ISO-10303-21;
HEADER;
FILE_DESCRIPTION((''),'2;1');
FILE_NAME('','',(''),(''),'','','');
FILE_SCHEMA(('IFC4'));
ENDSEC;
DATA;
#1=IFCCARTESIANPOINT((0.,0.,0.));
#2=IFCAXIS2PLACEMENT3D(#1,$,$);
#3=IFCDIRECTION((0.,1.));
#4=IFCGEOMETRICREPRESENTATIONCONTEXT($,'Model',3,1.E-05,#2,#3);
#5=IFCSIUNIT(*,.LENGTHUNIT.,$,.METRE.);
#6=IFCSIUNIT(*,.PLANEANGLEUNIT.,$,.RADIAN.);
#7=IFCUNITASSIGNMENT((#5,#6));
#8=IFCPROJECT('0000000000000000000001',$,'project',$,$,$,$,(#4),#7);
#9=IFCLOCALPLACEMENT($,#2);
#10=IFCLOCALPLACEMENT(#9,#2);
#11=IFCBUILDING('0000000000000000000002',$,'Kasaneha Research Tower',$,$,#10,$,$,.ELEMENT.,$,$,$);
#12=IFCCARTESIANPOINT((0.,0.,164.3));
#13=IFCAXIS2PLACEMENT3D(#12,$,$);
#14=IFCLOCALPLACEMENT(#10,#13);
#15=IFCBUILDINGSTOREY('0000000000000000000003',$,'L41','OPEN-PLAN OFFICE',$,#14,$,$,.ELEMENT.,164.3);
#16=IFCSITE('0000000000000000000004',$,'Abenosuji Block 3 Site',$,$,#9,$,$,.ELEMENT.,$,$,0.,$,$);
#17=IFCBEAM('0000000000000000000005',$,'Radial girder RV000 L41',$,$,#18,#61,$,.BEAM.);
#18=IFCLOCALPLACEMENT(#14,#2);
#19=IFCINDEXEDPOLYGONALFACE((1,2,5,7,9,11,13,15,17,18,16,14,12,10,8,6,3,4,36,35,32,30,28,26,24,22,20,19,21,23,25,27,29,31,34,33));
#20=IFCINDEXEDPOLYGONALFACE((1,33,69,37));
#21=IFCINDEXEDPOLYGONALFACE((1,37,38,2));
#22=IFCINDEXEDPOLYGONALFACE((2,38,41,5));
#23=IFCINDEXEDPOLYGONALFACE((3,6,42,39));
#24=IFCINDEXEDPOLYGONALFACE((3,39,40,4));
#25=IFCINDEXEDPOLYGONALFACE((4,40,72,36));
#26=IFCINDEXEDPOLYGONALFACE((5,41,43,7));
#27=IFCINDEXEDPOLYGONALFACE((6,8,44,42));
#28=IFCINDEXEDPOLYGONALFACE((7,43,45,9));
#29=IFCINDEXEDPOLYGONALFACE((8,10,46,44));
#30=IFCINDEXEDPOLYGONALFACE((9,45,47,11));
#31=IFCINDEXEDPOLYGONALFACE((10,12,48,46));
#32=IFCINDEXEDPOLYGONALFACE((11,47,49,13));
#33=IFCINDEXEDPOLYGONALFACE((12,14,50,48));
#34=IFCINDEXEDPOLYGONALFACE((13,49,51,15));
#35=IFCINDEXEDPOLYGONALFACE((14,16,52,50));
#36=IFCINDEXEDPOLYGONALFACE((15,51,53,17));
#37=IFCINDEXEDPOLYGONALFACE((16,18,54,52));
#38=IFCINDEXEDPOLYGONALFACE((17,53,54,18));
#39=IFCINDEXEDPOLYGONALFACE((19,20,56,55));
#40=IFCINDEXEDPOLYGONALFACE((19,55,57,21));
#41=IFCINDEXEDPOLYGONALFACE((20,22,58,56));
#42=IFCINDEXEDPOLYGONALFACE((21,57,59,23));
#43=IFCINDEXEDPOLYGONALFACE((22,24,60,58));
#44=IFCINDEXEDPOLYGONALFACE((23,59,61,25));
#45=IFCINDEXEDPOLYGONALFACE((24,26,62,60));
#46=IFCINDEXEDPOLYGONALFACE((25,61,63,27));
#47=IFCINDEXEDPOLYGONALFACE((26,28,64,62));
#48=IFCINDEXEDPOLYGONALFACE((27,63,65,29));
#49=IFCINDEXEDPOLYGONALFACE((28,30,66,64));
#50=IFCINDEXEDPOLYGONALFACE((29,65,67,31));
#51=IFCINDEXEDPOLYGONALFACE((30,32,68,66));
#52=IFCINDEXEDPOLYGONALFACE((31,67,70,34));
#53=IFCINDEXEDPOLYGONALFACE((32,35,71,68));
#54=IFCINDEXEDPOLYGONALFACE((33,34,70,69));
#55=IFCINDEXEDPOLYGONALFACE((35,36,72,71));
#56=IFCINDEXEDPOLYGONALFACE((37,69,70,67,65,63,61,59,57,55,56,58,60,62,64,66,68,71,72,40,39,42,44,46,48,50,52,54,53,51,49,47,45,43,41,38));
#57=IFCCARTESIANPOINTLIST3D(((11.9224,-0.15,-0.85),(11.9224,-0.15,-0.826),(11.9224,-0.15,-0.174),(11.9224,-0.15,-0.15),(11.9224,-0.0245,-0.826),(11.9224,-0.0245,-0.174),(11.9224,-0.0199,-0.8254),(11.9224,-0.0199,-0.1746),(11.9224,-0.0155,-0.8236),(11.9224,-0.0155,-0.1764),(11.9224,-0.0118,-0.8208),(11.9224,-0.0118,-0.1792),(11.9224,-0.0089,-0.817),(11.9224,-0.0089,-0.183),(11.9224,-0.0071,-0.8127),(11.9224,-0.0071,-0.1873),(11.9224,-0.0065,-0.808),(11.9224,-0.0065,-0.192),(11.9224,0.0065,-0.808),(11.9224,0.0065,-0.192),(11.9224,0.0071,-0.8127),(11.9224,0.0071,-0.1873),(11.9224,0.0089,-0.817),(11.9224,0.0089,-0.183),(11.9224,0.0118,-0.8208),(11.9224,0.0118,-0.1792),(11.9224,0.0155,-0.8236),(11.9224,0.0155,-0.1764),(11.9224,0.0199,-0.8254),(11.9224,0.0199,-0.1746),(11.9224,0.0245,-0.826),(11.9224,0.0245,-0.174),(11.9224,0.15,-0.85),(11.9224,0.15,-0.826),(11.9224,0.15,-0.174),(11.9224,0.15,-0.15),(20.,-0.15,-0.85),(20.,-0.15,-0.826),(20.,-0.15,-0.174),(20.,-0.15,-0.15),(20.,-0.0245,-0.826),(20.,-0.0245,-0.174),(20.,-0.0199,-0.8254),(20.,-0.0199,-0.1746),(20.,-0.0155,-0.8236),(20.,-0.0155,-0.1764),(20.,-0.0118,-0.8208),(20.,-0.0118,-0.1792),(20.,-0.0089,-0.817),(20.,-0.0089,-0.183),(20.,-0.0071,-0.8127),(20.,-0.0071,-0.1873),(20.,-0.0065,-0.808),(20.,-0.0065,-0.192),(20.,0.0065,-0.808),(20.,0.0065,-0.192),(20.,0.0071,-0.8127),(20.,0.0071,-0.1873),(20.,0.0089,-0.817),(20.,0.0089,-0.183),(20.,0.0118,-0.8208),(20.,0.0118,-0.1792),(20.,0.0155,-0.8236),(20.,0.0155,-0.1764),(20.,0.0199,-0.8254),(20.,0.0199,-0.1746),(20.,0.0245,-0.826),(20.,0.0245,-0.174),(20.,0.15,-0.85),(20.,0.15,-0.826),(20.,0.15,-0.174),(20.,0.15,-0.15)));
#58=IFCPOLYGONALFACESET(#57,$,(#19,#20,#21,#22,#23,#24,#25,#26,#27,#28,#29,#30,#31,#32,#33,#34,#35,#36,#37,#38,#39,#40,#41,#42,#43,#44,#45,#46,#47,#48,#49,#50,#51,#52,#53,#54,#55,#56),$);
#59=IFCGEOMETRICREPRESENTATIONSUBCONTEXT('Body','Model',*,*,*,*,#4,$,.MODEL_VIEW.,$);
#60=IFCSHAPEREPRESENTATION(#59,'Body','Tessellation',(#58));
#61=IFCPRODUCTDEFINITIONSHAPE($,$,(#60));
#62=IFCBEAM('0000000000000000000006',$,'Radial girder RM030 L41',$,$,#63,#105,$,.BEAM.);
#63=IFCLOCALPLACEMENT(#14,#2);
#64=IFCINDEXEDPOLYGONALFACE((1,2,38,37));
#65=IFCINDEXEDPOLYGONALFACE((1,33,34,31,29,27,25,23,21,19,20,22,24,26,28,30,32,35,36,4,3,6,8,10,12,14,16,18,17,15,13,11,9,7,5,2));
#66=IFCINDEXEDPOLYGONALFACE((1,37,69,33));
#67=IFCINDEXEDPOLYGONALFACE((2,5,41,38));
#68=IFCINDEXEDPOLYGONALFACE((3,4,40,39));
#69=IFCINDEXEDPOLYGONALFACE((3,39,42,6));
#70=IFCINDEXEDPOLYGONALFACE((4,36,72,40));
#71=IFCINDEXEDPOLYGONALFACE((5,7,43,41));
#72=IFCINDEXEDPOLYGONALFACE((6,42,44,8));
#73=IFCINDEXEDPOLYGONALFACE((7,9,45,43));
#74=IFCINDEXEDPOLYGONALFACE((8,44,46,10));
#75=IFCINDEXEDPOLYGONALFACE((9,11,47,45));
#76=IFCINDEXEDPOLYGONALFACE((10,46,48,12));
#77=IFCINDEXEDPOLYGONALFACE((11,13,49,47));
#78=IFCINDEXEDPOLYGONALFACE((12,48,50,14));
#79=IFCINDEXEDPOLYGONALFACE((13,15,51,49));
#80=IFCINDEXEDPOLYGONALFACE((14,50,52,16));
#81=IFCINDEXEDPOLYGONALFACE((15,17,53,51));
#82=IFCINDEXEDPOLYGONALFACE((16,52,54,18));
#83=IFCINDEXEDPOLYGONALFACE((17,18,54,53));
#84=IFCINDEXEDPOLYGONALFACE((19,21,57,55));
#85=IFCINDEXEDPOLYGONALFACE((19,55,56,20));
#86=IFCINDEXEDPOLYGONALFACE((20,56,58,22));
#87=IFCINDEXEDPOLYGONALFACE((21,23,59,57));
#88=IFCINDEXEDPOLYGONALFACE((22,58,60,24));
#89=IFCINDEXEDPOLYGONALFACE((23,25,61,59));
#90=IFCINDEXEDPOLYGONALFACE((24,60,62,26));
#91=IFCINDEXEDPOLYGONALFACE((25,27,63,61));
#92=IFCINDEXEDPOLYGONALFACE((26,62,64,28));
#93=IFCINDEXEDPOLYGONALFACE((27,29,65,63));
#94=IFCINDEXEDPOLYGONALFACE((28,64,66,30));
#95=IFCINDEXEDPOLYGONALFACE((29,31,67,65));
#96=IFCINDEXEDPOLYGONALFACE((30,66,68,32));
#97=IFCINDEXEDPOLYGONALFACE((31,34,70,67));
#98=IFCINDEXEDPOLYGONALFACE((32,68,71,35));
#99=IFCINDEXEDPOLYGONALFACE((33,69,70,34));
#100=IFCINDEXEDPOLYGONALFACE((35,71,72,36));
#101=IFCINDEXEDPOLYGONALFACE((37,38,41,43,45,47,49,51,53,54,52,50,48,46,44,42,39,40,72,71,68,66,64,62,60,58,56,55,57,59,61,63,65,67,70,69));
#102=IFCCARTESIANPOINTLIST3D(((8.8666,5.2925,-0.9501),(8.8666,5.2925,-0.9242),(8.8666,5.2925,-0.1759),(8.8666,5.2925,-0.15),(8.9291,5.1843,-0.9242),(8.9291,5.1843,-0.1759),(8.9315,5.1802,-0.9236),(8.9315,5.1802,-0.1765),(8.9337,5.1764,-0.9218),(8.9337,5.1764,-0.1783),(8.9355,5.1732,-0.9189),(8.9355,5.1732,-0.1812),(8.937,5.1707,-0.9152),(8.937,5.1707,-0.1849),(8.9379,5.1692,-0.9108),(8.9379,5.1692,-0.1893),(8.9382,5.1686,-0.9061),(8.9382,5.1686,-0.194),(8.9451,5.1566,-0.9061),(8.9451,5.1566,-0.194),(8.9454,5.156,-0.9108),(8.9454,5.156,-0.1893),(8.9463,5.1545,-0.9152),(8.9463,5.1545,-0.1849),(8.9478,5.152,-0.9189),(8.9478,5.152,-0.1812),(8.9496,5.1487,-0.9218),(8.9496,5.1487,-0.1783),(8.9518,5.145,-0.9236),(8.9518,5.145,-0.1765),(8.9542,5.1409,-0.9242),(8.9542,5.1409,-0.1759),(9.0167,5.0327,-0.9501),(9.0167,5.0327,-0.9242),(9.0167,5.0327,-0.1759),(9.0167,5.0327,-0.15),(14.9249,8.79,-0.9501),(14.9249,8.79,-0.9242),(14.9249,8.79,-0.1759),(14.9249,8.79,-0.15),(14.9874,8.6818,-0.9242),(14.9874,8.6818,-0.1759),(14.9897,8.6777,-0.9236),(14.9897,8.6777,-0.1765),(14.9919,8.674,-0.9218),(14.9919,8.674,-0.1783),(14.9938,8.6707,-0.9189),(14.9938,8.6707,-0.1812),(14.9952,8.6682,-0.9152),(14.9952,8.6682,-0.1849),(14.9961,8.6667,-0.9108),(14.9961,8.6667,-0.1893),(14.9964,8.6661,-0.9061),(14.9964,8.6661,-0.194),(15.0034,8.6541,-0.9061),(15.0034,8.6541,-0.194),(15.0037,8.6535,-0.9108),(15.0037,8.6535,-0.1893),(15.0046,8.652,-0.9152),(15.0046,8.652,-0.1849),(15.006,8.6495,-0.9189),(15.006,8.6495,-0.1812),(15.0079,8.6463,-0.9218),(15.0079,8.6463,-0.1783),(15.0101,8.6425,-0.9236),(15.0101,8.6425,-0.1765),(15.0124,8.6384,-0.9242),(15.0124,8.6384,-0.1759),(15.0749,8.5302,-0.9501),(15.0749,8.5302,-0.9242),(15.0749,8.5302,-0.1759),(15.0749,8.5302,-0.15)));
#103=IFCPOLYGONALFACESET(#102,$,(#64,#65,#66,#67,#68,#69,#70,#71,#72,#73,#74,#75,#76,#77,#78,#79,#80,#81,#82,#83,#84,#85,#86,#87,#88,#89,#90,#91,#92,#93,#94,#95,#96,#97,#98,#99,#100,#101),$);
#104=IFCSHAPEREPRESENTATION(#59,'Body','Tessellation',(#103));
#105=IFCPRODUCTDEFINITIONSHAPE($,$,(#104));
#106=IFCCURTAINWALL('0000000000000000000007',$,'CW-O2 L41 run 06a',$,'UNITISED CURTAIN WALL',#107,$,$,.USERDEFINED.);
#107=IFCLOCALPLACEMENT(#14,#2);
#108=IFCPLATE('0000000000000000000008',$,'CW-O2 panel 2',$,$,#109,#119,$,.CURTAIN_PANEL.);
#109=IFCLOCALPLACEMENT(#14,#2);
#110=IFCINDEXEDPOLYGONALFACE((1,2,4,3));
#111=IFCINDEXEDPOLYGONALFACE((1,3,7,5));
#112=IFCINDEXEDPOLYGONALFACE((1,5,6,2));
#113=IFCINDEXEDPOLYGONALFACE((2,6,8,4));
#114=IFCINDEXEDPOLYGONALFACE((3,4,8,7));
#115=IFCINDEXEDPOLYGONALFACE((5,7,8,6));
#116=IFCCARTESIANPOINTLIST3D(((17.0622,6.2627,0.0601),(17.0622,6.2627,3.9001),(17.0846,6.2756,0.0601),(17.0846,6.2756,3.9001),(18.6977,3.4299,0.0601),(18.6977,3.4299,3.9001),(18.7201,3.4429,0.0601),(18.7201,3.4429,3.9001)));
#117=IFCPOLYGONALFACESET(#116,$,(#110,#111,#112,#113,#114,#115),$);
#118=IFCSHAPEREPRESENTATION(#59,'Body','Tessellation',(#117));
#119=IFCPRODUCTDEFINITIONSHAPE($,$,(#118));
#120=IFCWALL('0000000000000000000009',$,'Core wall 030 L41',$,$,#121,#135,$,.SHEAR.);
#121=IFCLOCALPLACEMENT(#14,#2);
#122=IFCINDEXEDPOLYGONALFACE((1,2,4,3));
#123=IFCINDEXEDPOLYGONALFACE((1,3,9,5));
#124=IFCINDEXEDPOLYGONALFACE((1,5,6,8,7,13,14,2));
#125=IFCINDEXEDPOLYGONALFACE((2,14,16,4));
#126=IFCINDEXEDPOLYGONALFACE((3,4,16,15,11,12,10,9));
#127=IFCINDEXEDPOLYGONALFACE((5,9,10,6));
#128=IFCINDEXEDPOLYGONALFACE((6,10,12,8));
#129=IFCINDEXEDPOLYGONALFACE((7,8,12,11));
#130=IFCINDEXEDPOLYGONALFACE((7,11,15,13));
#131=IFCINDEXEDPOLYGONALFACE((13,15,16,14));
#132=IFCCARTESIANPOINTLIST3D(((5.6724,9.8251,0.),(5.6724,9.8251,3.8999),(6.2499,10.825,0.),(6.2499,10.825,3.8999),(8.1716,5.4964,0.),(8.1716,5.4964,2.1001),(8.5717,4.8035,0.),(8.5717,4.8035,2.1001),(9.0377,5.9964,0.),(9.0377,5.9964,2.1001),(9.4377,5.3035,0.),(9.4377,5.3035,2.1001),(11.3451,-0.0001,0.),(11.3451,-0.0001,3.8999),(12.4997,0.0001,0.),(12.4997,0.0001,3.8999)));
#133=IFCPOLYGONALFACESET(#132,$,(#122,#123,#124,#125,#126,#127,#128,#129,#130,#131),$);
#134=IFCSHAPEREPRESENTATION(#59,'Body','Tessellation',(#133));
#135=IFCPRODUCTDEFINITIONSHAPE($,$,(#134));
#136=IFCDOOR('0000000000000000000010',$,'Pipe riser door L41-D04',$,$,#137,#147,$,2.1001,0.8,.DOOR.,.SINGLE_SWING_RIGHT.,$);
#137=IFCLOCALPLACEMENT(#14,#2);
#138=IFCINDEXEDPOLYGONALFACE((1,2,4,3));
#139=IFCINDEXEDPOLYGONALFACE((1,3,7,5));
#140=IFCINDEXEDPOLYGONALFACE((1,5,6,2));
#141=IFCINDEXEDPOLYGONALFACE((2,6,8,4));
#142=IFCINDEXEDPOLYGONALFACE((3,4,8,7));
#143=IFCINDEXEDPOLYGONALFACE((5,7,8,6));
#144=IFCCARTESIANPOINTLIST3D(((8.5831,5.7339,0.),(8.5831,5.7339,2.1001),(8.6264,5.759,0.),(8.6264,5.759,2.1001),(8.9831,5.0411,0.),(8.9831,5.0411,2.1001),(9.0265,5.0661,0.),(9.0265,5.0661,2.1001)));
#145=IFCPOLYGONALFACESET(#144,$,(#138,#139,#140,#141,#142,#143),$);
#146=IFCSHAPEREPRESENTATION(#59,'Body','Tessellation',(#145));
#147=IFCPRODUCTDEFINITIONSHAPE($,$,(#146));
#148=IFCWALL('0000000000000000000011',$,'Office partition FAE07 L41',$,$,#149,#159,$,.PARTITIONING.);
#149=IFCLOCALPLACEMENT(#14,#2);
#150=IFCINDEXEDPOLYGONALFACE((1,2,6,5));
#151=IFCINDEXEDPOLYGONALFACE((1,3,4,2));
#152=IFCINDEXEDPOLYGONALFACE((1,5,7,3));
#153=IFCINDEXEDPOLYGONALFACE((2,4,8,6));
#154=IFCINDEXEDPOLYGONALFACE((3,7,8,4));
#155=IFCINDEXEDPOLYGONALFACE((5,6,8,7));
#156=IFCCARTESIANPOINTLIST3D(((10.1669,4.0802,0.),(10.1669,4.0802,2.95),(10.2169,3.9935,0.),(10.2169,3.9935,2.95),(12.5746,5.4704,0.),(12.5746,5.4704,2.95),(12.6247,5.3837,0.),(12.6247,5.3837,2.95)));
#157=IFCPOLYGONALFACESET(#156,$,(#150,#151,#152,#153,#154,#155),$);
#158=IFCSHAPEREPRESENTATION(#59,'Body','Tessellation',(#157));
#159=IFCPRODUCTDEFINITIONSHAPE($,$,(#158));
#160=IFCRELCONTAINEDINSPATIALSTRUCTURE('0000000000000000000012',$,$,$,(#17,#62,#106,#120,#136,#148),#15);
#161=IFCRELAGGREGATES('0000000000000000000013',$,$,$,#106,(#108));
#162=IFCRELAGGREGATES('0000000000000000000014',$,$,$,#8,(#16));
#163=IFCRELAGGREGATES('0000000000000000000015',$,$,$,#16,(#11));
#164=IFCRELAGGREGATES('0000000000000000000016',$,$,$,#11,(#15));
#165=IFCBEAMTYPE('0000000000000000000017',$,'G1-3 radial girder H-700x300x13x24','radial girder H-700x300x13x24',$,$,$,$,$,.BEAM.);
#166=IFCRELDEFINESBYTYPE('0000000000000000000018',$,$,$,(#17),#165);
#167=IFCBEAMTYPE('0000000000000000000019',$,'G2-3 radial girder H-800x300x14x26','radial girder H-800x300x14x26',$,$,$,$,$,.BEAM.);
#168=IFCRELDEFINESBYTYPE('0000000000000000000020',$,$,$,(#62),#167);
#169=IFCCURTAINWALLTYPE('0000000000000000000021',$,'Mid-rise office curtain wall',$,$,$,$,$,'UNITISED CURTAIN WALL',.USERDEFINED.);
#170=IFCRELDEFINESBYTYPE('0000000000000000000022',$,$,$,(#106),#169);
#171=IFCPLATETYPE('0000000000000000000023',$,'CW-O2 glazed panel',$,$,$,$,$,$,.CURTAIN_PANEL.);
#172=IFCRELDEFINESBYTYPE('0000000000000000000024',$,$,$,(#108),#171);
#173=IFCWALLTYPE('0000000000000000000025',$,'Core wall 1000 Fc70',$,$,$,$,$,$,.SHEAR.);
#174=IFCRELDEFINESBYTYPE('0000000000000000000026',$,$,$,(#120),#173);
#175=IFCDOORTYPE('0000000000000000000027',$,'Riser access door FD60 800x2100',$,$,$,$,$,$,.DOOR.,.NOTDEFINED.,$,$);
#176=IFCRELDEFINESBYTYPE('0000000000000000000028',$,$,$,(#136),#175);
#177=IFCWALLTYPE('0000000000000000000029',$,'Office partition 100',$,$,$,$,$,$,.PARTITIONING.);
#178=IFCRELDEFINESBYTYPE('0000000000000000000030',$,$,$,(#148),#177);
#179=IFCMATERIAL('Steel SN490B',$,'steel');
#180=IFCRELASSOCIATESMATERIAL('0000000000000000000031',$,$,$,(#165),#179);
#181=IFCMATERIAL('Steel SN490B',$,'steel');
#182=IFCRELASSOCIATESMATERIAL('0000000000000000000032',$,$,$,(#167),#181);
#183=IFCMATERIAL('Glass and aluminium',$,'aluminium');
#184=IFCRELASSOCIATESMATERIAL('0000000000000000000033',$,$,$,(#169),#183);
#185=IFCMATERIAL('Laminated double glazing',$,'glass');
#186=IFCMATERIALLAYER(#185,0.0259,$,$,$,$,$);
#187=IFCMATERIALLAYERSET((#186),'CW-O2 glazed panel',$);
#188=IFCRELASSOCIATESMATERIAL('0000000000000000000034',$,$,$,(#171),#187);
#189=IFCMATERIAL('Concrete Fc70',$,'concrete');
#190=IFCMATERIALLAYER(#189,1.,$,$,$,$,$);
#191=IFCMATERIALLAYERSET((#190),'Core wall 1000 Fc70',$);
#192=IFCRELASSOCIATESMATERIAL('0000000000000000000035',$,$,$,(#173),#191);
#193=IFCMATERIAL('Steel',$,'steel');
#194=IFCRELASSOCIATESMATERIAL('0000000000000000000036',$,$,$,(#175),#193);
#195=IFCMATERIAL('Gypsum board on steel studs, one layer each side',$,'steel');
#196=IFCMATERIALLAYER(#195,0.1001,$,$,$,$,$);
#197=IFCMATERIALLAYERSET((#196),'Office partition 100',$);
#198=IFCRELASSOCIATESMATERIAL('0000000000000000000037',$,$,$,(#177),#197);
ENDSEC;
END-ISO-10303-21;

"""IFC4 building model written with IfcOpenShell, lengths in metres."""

from ifc_helpers import new_model, si_unit, direction, frame, frame_2d, origin, origin_2d, place, context, subcontext, project, spatial, polyline, rectangle, i_section, outline, extrude, material, layer, layer_set, material_profile, profile_set, type_object, element, fill, aggregate, save


model = new_model("IFC4")

# Units and contexts
model_context = context("Model", 3, precision=1e-05, world=origin(), true_north=direction((0.0, 1.0)))
body_context = subcontext(model_context, "Body", "Model", "MODEL_VIEW")
ifc_project = project(units=[si_unit("LENGTHUNIT", "METRE"), si_unit("PLANEANGLEUNIT", "RADIAN")], contexts=[model_context])

# Site, building, storey
site_placement = place(None, origin())
site = spatial("IfcSite", under=ifc_project, at=site_placement, Name="Abenosuji Block 3 Site", CompositionType="ELEMENT", RefElevation=0.0)
building_placement = place(site_placement, origin())
building = spatial("IfcBuilding", under=site, at=building_placement, Name="Kasaneha Research Tower", CompositionType="ELEMENT")
storey_placement = place(building_placement, frame((0.0, 0.0, 164.3)))
storey = spatial("IfcBuildingStorey", under=building, at=storey_placement, Name="L41", Description="OPEN-PLAN OFFICE", CompositionType="ELEMENT", Elevation=164.3)

# Beams
ifc_material_1 = material(Name="Steel SN490B", Category="steel")
ifc_material_profile_1 = material_profile(ifc_material_1, i_section(OverallWidth=0.3, OverallDepth=0.7, WebThickness=0.0129, FlangeThickness=0.0239, FilletRadius=0.0181, at=origin_2d()), Name="H-700x300x13x24")
ifc_profile_set_1 = profile_set([ifc_material_profile_1], Name="Steel SN490B")
beam_type_1 = type_object("IfcBeamType", Name="G1-3 radial girder H-700x300x13x24", Description="radial girder H-700x300x13x24", PredefinedType="BEAM", material=ifc_profile_set_1)
beam_1_placement = place(storey_placement, frame((11.9224, 0.0, -0.5), z_axis=(1.0, 0.0, 0.0), x_axis=(0.0, 1.0, 0.0)))
element("IfcBeam", 1, at=beam_1_placement, inside=storey, type_object=beam_type_1, Name="Radial girder RV000 L41", PredefinedType="BEAM", context=body_context, shape_type="SweptSolid", body=[
    extrude(i_section(OverallWidth=0.3, OverallDepth=0.7, WebThickness=0.0129, FlangeThickness=0.0239, FilletRadius=0.0181, at=origin_2d()), origin(), (0.0, 0.0, 1.0), 8.0776),
])
ifc_material_2 = material(Name="Steel SN490B", Category="steel")
ifc_material_profile_2 = material_profile(ifc_material_2, i_section(OverallWidth=0.3, OverallDepth=0.8, WebThickness=0.0139, FlangeThickness=0.0259, FilletRadius=0.0181, at=origin_2d()), Name="H-800x300x14x26")
ifc_profile_set_2 = profile_set([ifc_material_profile_2], Name="Steel SN490B")
beam_type_2 = type_object("IfcBeamType", Name="G2-3 radial girder H-800x300x14x26", Description="radial girder H-800x300x14x26", PredefinedType="BEAM", material=ifc_profile_set_2)
beam_2_placement = place(storey_placement, frame((8.9417, 5.1626, -0.55), z_axis=(0.86604, 0.499975, 0.0), x_axis=(-0.499975, 0.86604, 0.0)))
element("IfcBeam", 2, at=beam_2_placement, inside=storey, type_object=beam_type_2, Name="Radial girder RM030 L41", PredefinedType="BEAM", context=body_context, shape_type="SweptSolid", body=[
    extrude(i_section(OverallWidth=0.3, OverallDepth=0.8, WebThickness=0.0139, FlangeThickness=0.0259, FilletRadius=0.0181, at=origin_2d()), origin(), (0.0, 0.0, 1.0), 6.9954),
])

# Curtain wall, plate
ifc_material_3 = material(Name="Glass and aluminium", Category="aluminium")
curtain_wall_type = type_object("IfcCurtainWallType", Name="Mid-rise office curtain wall", ElementType="UNITISED CURTAIN WALL", PredefinedType="USERDEFINED", material=ifc_material_3)
curtain_wall_placement = place(storey_placement, origin())
curtain_wall = element("IfcCurtainWall", 3, at=curtain_wall_placement, inside=storey, type_object=curtain_wall_type, Name="CW-O2 L41 run 06a", ObjectType="UNITISED CURTAIN WALL", PredefinedType="USERDEFINED")
ifc_material_4 = material(Name="Laminated double glazing", Category="glass")
ifc_layer_1 = layer(ifc_material_4, 0.0259)
ifc_layer_set_1 = layer_set([ifc_layer_1], Name="CW-O2 glazed panel")
plate_type = type_object("IfcPlateType", Name="CW-O2 glazed panel", PredefinedType="CURTAIN_PANEL", material=ifc_layer_set_1)
plate_placement = place(storey_placement, frame((17.8911, 4.8528, 0.0601), z_axis=(0.0, 0.0, 1.0), x_axis=(-0.5, 0.866025, 0.0)))
plate = element("IfcPlate", 4, at=plate_placement, type_object=plate_type, Name="CW-O2 panel 2", PredefinedType="CURTAIN_PANEL", context=body_context, shape_type="SweptSolid", body=[
    extrude(rectangle(XDim=3.271, YDim=0.0259, at=origin_2d()), origin(), (0.0, 0.0, 1.0), 3.8401),
])
aggregate(curtain_wall, [plate])

# Wall, opening, door
ifc_material_5 = material(Name="Concrete Fc70", Category="concrete")
ifc_layer_2 = layer(ifc_material_5, 1.0)
ifc_layer_set_2 = layer_set([ifc_layer_2], Name="Core wall 1000 Fc70")
wall_type_1 = type_object("IfcWallType", Name="Core wall 1000 Fc70", PredefinedType="SHEAR", material=ifc_layer_set_2)
wall_1_placement = place(storey_placement, frame((11.9224, 0.0, 0.0), z_axis=(0.0, 0.0, 1.0), x_axis=(-0.500004, 0.866023, 0.0)))
wall_1 = element("IfcWall", 5, at=wall_1_placement, inside=storey, type_object=wall_type_1, Name="Core wall 030 L41", PredefinedType="SHEAR", context=body_context, shape_type="SweptSolid", body=[
    extrude(outline(polyline([(-0.2886, -0.5), (5.8354, -0.5), (6.6355, -0.5), (12.2109, -0.5), (11.6338, 0.5), (6.6355, 0.5), (5.8354, 0.5), (0.2886, 0.5), (-0.2886, -0.5)])), origin(), (0.0, 0.0, 1.0), 3.8999),
])
opening_1_placement = place(wall_1_placement, frame((5.8354, 0.0, 0.0)))
opening_1 = element("IfcOpeningElement", 6, at=opening_1_placement, cuts=wall_1, PredefinedType="OPENING", context=body_context, shape_type="SweptSolid", body=[
    extrude(rectangle(XDim=0.8, YDim=2.1001, at=frame_2d((0.3999, 1.05))), frame((0.0, 0.51, 0.0), z_axis=(0.0, -1.0, 0.0), x_axis=(1.0, 0.0, 0.0)), (0.0, 0.0, 1.0), 1.02),
])
ifc_material_6 = material(Name="Steel", Category="steel")
door_type_1 = type_object("IfcDoorType", Name="Riser access door FD60 800x2100", OperationType="NOTDEFINED", PredefinedType="DOOR", material=ifc_material_6)
door_1_placement = place(opening_1_placement, origin())
door_1 = element("IfcDoor", 7, at=door_1_placement, inside=storey, type_object=door_type_1, Name="Pipe riser door L41-D04", OperationType="SINGLE_SWING_RIGHT", OverallHeight=2.1001, OverallWidth=0.8, PredefinedType="DOOR", context=body_context, shape_type="SweptSolid", body=[
    extrude(rectangle(XDim=0.8, YDim=2.1001, at=frame_2d((0.3999, 1.05))), frame((0.0, 0.0249, 0.0), z_axis=(0.0, -1.0, 0.0), x_axis=(1.0, 0.0, 0.0)), (0.0, 0.0, 1.0), 0.05),
])
fill(opening_1, door_1)

# Wall
ifc_material_7 = material(Name="Gypsum board on steel studs, one layer each side", Category="steel")
ifc_layer_3 = layer(ifc_material_7, 0.1001)
ifc_layer_set_3 = layer_set([ifc_layer_3], Name="Office partition 100")
wall_type_2 = type_object("IfcWallType", Name="Office partition 100", PredefinedType="PARTITIONING", material=ifc_layer_set_3)
wall_2_placement = place(storey_placement, frame((10.1919, 4.0369, 0.0), z_axis=(0.0, 0.0, 1.0), x_axis=(0.866019, 0.500011, 0.0)))
element("IfcWall", 8, at=wall_2_placement, inside=storey, type_object=wall_type_2, Name="Office partition FAE07 L41", PredefinedType="PARTITIONING", context=body_context, shape_type="SweptSolid", body=[
    extrude(rectangle(XDim=2.7803, YDim=0.1001, at=frame_2d((1.3901, 0.0))), origin(), (0.0, 0.0, 1.0), 2.95),
])

save(model, "model.ifc")
